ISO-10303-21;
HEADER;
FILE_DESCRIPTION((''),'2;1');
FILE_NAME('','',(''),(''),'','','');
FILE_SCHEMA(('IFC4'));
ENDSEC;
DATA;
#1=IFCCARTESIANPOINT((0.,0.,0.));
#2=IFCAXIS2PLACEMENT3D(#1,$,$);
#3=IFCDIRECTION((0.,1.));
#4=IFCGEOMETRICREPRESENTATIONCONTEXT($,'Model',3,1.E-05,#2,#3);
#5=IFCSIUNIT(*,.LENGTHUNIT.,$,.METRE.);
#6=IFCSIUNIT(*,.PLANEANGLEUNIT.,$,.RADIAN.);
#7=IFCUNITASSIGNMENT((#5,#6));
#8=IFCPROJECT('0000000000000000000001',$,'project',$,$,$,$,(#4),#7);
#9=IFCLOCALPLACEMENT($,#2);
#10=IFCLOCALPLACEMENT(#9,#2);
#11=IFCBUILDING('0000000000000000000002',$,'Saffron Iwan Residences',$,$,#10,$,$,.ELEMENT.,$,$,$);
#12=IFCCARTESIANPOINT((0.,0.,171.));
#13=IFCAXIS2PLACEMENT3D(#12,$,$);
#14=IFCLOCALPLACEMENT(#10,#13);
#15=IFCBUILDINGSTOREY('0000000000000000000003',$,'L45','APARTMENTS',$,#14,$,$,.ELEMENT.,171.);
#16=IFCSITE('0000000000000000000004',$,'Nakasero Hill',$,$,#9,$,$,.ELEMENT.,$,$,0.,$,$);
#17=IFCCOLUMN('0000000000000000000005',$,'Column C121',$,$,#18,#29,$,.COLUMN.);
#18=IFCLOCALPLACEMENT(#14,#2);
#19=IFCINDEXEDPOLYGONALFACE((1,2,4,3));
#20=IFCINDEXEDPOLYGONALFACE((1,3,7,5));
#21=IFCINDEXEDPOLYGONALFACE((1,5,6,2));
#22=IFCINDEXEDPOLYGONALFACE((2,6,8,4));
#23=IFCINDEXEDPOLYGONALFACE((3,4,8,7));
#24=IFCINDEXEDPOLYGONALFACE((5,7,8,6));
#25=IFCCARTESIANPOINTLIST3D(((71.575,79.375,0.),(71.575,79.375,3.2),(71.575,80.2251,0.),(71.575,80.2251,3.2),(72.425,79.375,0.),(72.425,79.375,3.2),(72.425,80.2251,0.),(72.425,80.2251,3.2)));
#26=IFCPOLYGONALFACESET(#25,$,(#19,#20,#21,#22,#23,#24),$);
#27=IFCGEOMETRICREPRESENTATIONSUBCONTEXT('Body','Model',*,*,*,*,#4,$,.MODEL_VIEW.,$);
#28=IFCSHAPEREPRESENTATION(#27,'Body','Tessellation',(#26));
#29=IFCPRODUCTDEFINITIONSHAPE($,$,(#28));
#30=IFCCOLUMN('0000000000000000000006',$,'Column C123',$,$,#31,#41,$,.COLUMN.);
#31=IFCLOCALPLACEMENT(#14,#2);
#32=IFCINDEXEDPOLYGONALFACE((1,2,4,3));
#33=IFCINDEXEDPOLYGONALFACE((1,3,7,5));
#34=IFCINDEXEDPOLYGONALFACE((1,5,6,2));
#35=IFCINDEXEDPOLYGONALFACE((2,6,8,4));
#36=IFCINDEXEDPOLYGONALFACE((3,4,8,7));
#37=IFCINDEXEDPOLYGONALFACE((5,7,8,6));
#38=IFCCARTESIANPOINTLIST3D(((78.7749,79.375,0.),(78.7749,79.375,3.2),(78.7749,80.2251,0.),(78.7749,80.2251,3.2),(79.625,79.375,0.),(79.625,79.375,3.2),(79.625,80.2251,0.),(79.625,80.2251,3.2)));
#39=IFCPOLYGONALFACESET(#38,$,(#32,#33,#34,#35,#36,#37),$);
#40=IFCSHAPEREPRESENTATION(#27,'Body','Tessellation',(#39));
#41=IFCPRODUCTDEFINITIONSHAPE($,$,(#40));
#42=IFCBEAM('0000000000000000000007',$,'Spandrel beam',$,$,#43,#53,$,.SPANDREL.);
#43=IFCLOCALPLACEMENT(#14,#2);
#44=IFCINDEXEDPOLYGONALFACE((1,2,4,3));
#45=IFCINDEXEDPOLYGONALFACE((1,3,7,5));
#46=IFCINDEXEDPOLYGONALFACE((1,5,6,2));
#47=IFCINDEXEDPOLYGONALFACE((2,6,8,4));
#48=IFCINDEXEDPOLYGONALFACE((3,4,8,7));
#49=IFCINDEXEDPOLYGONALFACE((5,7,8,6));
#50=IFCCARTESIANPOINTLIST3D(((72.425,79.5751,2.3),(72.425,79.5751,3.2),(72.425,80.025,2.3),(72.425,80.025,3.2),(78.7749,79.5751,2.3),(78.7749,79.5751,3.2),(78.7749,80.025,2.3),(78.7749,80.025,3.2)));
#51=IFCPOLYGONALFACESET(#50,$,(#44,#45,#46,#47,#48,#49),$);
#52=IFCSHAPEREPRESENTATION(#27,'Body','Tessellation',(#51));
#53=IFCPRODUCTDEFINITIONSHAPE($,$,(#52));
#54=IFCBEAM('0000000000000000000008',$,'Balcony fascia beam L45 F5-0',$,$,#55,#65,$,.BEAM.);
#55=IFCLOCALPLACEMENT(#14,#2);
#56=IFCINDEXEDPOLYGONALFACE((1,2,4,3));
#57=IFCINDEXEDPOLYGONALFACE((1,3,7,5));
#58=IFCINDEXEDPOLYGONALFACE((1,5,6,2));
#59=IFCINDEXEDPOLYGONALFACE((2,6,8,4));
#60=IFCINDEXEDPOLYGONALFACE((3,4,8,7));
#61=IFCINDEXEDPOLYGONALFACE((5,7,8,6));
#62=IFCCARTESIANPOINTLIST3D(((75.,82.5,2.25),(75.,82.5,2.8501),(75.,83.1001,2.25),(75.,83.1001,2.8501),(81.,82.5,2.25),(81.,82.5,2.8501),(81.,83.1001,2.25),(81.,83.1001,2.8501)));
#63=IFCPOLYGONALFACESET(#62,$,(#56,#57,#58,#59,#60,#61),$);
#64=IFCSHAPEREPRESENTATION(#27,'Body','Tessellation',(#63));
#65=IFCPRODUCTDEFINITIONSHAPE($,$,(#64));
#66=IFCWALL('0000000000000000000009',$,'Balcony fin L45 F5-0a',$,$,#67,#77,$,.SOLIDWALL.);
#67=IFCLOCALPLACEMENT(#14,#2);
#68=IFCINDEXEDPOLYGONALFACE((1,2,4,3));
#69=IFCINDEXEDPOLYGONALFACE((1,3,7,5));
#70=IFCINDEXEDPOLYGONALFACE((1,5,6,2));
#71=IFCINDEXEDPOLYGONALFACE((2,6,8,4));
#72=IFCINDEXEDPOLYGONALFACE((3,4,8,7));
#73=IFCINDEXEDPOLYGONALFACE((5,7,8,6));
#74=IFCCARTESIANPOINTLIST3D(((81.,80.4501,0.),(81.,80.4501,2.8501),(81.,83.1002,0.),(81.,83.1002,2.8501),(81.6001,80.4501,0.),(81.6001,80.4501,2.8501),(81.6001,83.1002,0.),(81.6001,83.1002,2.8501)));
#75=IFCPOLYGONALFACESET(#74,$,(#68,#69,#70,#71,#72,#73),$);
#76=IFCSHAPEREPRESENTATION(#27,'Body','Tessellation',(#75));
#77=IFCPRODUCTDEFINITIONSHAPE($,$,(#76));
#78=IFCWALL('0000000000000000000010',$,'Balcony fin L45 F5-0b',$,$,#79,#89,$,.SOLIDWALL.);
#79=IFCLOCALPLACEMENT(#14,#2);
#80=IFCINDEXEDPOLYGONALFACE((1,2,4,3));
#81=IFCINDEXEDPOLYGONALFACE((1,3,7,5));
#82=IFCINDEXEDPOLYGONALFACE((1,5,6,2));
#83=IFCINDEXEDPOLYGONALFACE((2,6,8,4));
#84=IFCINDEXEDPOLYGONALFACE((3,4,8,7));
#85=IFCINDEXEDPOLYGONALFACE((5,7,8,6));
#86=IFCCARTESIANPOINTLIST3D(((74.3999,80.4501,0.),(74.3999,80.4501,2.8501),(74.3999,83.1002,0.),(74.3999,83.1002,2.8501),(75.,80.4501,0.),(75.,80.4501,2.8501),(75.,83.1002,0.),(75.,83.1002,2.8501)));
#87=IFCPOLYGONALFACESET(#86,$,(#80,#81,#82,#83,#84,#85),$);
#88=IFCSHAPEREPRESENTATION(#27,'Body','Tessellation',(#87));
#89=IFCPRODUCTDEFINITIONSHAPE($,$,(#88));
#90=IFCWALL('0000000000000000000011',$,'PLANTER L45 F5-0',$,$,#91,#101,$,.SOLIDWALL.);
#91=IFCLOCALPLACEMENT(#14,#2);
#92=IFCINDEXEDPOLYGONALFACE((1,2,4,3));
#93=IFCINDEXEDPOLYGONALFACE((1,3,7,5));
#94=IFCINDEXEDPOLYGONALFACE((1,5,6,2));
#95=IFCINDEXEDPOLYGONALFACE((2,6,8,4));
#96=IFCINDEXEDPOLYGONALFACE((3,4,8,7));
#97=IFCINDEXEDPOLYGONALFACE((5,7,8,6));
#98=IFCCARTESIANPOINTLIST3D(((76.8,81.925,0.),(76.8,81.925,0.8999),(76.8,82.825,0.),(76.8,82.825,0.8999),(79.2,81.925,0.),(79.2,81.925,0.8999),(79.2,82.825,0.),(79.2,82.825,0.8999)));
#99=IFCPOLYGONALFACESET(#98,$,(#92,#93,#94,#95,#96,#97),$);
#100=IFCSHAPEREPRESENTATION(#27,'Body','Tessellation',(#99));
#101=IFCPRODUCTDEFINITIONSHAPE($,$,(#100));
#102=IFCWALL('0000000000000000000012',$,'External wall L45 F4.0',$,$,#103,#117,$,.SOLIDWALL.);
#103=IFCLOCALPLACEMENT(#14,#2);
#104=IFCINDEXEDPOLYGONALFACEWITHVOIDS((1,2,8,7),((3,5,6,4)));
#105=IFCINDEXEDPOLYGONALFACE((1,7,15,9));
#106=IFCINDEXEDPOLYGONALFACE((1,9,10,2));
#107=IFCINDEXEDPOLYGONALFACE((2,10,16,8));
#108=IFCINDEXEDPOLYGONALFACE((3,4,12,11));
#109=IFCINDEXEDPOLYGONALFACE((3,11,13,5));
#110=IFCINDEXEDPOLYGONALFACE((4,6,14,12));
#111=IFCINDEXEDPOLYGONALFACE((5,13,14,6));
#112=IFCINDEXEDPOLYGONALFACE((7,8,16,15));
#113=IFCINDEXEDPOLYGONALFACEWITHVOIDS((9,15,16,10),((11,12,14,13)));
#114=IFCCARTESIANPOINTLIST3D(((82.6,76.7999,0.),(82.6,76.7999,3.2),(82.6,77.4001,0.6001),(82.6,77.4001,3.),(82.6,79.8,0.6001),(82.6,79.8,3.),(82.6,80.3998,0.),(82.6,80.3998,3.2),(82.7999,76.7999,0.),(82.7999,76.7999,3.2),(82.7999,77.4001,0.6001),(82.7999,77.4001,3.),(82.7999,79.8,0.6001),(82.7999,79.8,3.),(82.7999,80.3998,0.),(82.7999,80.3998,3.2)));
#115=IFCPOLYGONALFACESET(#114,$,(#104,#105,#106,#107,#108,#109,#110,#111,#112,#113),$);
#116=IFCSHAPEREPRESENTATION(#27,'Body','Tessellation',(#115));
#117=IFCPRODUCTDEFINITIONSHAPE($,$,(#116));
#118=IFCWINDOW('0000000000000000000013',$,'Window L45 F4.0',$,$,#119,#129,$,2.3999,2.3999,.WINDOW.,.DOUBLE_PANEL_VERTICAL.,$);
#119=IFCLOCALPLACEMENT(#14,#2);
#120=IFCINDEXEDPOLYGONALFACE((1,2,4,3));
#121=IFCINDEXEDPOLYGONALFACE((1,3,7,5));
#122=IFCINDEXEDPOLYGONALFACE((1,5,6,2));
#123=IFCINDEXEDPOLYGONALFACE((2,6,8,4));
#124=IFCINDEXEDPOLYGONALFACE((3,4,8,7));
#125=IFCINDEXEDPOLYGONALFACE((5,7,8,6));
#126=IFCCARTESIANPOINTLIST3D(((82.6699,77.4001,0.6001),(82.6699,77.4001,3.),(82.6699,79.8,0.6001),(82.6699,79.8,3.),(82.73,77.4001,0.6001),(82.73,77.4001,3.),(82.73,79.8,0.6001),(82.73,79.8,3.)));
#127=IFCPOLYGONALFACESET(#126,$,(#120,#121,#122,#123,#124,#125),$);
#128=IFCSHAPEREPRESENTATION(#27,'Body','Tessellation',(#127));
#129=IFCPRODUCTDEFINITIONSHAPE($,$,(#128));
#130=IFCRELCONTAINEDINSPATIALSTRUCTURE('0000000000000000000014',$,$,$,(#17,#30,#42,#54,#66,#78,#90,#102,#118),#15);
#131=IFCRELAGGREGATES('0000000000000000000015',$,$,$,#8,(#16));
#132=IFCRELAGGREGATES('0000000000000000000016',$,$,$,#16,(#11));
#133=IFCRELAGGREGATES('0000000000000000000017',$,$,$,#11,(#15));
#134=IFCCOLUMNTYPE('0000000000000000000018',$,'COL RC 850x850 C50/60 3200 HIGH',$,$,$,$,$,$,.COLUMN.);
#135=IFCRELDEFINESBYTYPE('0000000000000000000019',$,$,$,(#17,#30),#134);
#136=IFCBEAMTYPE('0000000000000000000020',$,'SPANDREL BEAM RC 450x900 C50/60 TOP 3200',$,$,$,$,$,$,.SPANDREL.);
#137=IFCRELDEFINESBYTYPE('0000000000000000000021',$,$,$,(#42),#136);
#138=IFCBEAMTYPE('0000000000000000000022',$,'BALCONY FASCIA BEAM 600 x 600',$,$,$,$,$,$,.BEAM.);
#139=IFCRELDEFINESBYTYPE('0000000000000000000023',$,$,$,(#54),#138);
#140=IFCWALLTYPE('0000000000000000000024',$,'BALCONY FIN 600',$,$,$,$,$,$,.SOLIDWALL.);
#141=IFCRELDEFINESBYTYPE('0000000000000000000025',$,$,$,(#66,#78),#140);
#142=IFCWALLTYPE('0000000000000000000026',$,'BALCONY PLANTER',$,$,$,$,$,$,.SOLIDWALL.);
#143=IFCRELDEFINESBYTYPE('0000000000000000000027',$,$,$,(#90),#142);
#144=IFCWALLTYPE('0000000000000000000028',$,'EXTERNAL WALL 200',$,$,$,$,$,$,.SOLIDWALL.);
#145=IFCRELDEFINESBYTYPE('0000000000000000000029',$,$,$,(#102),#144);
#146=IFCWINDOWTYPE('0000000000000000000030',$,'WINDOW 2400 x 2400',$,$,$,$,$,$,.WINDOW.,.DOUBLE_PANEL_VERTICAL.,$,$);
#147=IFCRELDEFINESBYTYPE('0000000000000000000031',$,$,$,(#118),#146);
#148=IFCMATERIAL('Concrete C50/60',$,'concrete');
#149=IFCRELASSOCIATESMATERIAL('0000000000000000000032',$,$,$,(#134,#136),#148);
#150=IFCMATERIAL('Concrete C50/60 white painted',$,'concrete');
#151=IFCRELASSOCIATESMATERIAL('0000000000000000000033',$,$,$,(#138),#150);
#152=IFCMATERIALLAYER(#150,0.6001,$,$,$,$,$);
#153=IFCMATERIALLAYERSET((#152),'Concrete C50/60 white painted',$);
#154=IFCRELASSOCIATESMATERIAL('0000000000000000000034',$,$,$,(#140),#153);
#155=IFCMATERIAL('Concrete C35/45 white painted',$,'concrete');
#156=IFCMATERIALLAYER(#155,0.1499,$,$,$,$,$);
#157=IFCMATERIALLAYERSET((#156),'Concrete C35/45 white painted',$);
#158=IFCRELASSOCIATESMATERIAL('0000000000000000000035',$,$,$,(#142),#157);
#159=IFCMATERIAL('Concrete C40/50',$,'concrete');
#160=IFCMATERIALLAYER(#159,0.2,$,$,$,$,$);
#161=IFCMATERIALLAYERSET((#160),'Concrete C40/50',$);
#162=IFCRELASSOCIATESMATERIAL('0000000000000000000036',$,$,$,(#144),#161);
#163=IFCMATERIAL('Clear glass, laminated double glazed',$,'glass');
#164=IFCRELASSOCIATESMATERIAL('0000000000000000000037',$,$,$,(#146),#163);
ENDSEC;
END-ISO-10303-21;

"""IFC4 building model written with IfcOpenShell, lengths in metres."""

from ifc_helpers import new_model, si_unit, direction, frame, frame_2d, origin, origin_2d, place, context, subcontext, project, spatial, rectangle, extrude, source, transform, mapped, material, layer, layer_set, material_profile, profile_set, type_object, element, fill, save


model = new_model("IFC4")

# Units and contexts
model_context = context("Model", 3, precision=1e-05, world=origin(), true_north=direction((0.0, 1.0)))
body_context = subcontext(model_context, "Body", "Model", "MODEL_VIEW")
ifc_project = project(units=[si_unit("LENGTHUNIT", "METRE"), si_unit("PLANEANGLEUNIT", "RADIAN")], contexts=[model_context])

# Site, building, storey
site_placement = place(None, origin())
site = spatial("IfcSite", under=ifc_project, at=site_placement, Name="Nakasero Hill", CompositionType="ELEMENT", RefElevation=0.0)
building_placement = place(site_placement, origin())
building = spatial("IfcBuilding", under=site, at=building_placement, Name="Saffron Iwan Residences", CompositionType="ELEMENT")
storey_placement = place(building_placement, frame((0.0, 0.0, 171.0)))
storey = spatial("IfcBuildingStorey", under=building, at=storey_placement, Name="L45", Description="APARTMENTS", CompositionType="ELEMENT", Elevation=171.0)

# Columns
ifc_material_1 = material(Name="Concrete C50/60", Category="concrete")
ifc_material_profile_1 = material_profile(ifc_material_1, rectangle(XDim=0.8501, YDim=0.8501, at=origin_2d()), Name="RC 850x850")
ifc_profile_set_1 = profile_set([ifc_material_profile_1], Name="Concrete C50/60")
column_type = type_object("IfcColumnType", Name="COL RC 850x850 C50/60 3200 HIGH", PredefinedType="COLUMN", material=ifc_profile_set_1)
shared_shape_1 = source(origin(), body_context, "Body", "SweptSolid", [
    extrude(rectangle(XDim=0.8501, YDim=0.8501, at=origin_2d()), origin(), (0.0, 0.0, 1.0), 3.2),
])
for number, where, z_axis, x_axis, name in (
    (1, (72.0, 79.8, 0.0), (0.0, 0.0, 1.0), (1.0, 0.0, 0.0), "Column C121"),
    (2, (79.2, 79.8, 0.0), (0.0, 0.0, 1.0), (1.0, 0.0, 0.0), "Column C123"),
):
    element("IfcColumn", number, at=place(storey_placement, frame(where, z_axis=z_axis, x_axis=x_axis)), inside=storey, type_object=column_type, Name=name, PredefinedType="COLUMN", context=body_context, shape_type="MappedRepresentation", body=[
        mapped(shared_shape_1, transform((0.0, 0.0, 0.0))),
    ])

# Beams
ifc_material_profile_2 = material_profile(ifc_material_1, rectangle(XDim=0.45, YDim=0.8999, at=origin_2d()), Name="RC 450x900")
ifc_profile_set_2 = profile_set([ifc_material_profile_2], Name="Concrete C50/60")
beam_type_1 = type_object("IfcBeamType", Name="SPANDREL BEAM RC 450x900 C50/60 TOP 3200", PredefinedType="SPANDREL", material=ifc_profile_set_2)
shared_shape_2 = source(origin(), body_context, "Body", "SweptSolid", [
    extrude(rectangle(XDim=0.45, YDim=0.8999, at=origin_2d()), origin(), (0.0, 0.0, 1.0), 6.3499),
])
beam_1_placement = place(storey_placement, frame((72.425, 79.8, 2.75), z_axis=(1.0, 0.0, 0.0), x_axis=(0.0, 1.0, 0.0)))
element("IfcBeam", 3, at=beam_1_placement, inside=storey, type_object=beam_type_1, Name="Spandrel beam", PredefinedType="SPANDREL", context=body_context, shape_type="MappedRepresentation", body=[
    mapped(shared_shape_2, transform((0.0, 0.0, 0.0))),
])
ifc_material_2 = material(Name="Concrete C50/60 white painted", Category="concrete")
ifc_material_profile_3 = material_profile(ifc_material_2, rectangle(XDim=0.6001, YDim=0.6001, at=origin_2d()), Name="BALCONY FASCIA BEAM 600 x 600")
ifc_profile_set_3 = profile_set([ifc_material_profile_3], Name="Concrete C50/60 white painted")
beam_type_2 = type_object("IfcBeamType", Name="BALCONY FASCIA BEAM 600 x 600", PredefinedType="BEAM", material=ifc_profile_set_3)
shared_shape_3 = source(origin(), body_context, "Body", "SweptSolid", [
    extrude(rectangle(XDim=0.6001, YDim=0.6001, at=origin_2d()), origin(), (0.0, 0.0, 1.0), 6.0),
])
beam_2_placement = place(storey_placement, frame((81.0, 82.8, 2.55), z_axis=(-1.0, 0.0, 0.0), x_axis=(0.0, -1.0, 0.0)))
element("IfcBeam", 4, at=beam_2_placement, inside=storey, type_object=beam_type_2, Name="Balcony fascia beam L45 F5-0", PredefinedType="BEAM", context=body_context, shape_type="MappedRepresentation", body=[
    mapped(shared_shape_3, transform((0.0, 0.0, 0.0))),
])

# Walls
ifc_layer_1 = layer(ifc_material_2, 0.6001)
ifc_layer_set_1 = layer_set([ifc_layer_1], Name="Concrete C50/60 white painted")
wall_type_1 = type_object("IfcWallType", Name="BALCONY FIN 600", PredefinedType="SOLIDWALL", material=ifc_layer_set_1)
for number, where, z_axis, x_axis, name in (
    (5, (81.3, 80.45, 0.0), (0.0, 0.0, 1.0), (0.0, 1.0, 0.0), "Balcony fin L45 F5-0a"),
    (6, (74.7, 80.45, 0.0), (0.0, 0.0, 1.0), (0.0, 1.0, 0.0), "Balcony fin L45 F5-0b"),
):
    element("IfcWall", number, at=place(storey_placement, frame(where, z_axis=z_axis, x_axis=x_axis)), inside=storey, type_object=wall_type_1, Name=name, PredefinedType="SOLIDWALL", context=body_context, shape_type="SweptSolid", body=[
        extrude(rectangle(XDim=2.6501, YDim=0.6001, at=frame_2d((1.3252, 0.0))), origin(), (0.0, 0.0, 1.0), 2.8501),
    ])
ifc_material_3 = material(Name="Concrete C35/45 white painted", Category="concrete")
ifc_layer_2 = layer(ifc_material_3, 0.1499)
ifc_layer_set_2 = layer_set([ifc_layer_2], Name="Concrete C35/45 white painted")
wall_type_2 = type_object("IfcWallType", Name="BALCONY PLANTER", PredefinedType="SOLIDWALL", material=ifc_layer_set_2)
wall_1_placement = place(storey_placement, frame((79.2, 82.375, 0.0), z_axis=(0.0, 0.0, 1.0), x_axis=(-1.0, 0.0, 0.0)))
element("IfcWall", 7, at=wall_1_placement, inside=storey, type_object=wall_type_2, Name="PLANTER L45 F5-0", PredefinedType="SOLIDWALL", context=body_context, shape_type="SweptSolid", body=[
    extrude(rectangle(XDim=2.3999, YDim=0.8999, at=frame_2d((1.2, 0.0))), origin(), (0.0, 0.0, 1.0), 0.8999),
])

# Wall, opening, window
ifc_material_4 = material(Name="Concrete C40/50", Category="concrete")
ifc_layer_3 = layer(ifc_material_4, 0.2)
ifc_layer_set_3 = layer_set([ifc_layer_3], Name="Concrete C40/50")
wall_type_3 = type_object("IfcWallType", Name="EXTERNAL WALL 200", PredefinedType="SOLIDWALL", material=ifc_layer_set_3)
wall_2_placement = place(storey_placement, frame((82.7, 76.8, 0.0), z_axis=(0.0, 0.0, 1.0), x_axis=(0.0, 1.0, 0.0)))
wall_2 = element("IfcWall", 8, at=wall_2_placement, inside=storey, type_object=wall_type_3, Name="External wall L45 F4.0", PredefinedType="SOLIDWALL", context=body_context, shape_type="SweptSolid", body=[
    extrude(rectangle(XDim=3.5999, YDim=0.2, at=frame_2d((1.7998, 0.0))), origin(), (0.0, 0.0, 1.0), 3.2),
])
opening_1_placement = place(wall_2_placement, frame((0.6001, 0.0, 0.6001)))
opening_1 = element("IfcOpeningElement", 9, at=opening_1_placement, cuts=wall_2, PredefinedType="OPENING", context=body_context, shape_type="SweptSolid", body=[
    extrude(rectangle(XDim=2.3999, YDim=2.3999, at=frame_2d((1.2, 1.2))), frame((0.0, 0.1099, 0.0), z_axis=(0.0, -1.0, 0.0), x_axis=(1.0, 0.0, 0.0)), (0.0, 0.0, 1.0), 0.22),
])
ifc_material_5 = material(Name="Clear glass, laminated double glazed", Category="glass")
window_type_1 = type_object("IfcWindowType", Name="WINDOW 2400 x 2400", PartitioningType="DOUBLE_PANEL_VERTICAL", PredefinedType="WINDOW", material=ifc_material_5)
window_1_placement = place(opening_1_placement, origin())
window_1 = element("IfcWindow", 10, at=window_1_placement, inside=storey, type_object=window_type_1, Name="Window L45 F4.0", OverallHeight=2.3999, OverallWidth=2.3999, PartitioningType="DOUBLE_PANEL_VERTICAL", PredefinedType="WINDOW", context=body_context, shape_type="SweptSolid", body=[
    extrude(rectangle(XDim=2.3999, YDim=2.3999, at=frame_2d((1.2, 1.2))), frame((0.0, 0.03, 0.0), z_axis=(0.0, -1.0, 0.0), x_axis=(1.0, 0.0, 0.0)), (0.0, 0.0, 1.0), 0.0601),
])
fill(opening_1, window_1)

save(model, "model.ifc")
